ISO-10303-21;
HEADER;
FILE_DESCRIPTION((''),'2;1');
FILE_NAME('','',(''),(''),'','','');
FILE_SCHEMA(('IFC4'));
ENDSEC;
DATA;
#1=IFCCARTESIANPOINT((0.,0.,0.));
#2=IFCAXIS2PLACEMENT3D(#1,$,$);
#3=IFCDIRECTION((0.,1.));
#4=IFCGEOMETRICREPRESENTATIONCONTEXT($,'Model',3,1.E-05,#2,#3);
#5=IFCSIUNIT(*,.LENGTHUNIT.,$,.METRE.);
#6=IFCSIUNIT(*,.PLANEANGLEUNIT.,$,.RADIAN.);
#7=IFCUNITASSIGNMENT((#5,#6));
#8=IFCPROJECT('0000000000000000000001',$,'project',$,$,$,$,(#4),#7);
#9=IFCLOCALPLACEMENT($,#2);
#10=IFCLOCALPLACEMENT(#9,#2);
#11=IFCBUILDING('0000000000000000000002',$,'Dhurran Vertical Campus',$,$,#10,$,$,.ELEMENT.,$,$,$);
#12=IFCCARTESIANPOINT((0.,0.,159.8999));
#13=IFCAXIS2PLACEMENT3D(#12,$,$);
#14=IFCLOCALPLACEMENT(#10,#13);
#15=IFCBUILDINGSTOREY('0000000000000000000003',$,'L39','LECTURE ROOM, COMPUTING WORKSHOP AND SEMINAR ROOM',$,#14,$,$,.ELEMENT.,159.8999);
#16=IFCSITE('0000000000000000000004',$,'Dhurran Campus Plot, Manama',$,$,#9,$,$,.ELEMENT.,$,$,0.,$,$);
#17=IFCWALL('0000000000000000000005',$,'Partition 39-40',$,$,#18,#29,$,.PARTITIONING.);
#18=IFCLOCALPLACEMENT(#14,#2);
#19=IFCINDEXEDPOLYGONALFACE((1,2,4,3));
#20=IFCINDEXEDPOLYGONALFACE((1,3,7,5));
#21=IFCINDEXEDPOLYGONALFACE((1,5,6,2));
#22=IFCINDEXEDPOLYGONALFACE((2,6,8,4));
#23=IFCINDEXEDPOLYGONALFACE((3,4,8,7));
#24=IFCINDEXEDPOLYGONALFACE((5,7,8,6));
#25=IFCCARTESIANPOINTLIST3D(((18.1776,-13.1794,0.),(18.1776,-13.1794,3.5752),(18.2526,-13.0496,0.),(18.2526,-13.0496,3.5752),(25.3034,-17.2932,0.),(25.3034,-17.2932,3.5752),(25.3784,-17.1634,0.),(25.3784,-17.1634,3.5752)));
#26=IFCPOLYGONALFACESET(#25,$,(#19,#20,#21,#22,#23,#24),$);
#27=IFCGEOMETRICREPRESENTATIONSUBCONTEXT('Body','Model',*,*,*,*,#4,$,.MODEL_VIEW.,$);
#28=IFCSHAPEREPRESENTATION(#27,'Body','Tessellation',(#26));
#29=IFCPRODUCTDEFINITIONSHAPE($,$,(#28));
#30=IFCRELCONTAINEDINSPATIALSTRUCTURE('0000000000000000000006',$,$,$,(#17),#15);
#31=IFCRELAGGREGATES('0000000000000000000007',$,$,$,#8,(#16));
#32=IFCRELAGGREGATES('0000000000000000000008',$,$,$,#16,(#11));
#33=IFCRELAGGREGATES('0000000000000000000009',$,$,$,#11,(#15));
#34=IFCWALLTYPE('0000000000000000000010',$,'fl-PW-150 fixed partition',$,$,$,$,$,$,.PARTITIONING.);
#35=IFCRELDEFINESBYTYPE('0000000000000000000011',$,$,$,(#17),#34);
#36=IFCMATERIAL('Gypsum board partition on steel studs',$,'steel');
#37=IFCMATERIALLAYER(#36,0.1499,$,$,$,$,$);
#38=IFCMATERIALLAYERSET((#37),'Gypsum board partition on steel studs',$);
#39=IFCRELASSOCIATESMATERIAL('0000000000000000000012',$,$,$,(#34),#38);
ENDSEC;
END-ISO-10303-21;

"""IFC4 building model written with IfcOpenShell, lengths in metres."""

from ifc_helpers import new_model, si_unit, direction, frame, frame_2d, origin, place, context, subcontext, project, spatial, rectangle, extrude, material, layer, layer_set, type_object, element, save


model = new_model("IFC4")

# Units and contexts
model_context = context("Model", 3, precision=1e-05, world=origin(), true_north=direction((0.0, 1.0)))
body_context = subcontext(model_context, "Body", "Model", "MODEL_VIEW")
ifc_project = project(units=[si_unit("LENGTHUNIT", "METRE"), si_unit("PLANEANGLEUNIT", "RADIAN")], contexts=[model_context])

# Site, building, storey
site_placement = place(None, origin())
site = spatial("IfcSite", under=ifc_project, at=site_placement, Name="Dhurran Campus Plot, Manama", CompositionType="ELEMENT", RefElevation=0.0)
building_placement = place(site_placement, origin())
building = spatial("IfcBuilding", under=site, at=building_placement, Name="Dhurran Vertical Campus", CompositionType="ELEMENT")
storey_placement = place(building_placement, frame((0.0, 0.0, 159.8999)))
storey = spatial("IfcBuildingStorey", under=building, at=storey_placement, Name="L39", Description="LECTURE ROOM, COMPUTING WORKSHOP AND SEMINAR ROOM", CompositionType="ELEMENT", Elevation=159.8999)

# Wall
ifc_material_1 = material(Name="Gypsum board partition on steel studs", Category="steel")
ifc_layer_1 = layer(ifc_material_1, 0.1499)
ifc_layer_set_1 = layer_set([ifc_layer_1], Name="Gypsum board partition on steel studs")
wall_type_1 = type_object("IfcWallType", Name="fl-PW-150 fixed partition", PredefinedType="PARTITIONING", material=ifc_layer_set_1)
wall_1_placement = place(storey_placement, frame((18.2151, -13.1145, 0.0), z_axis=(0.0, 0.0, 1.0), x_axis=(0.86604, -0.499975, 0.0)))
element("IfcWall", 1, at=wall_1_placement, inside=storey, type_object=wall_type_1, Name="Partition 39-40", PredefinedType="PARTITIONING", context=body_context, shape_type="SweptSolid", body=[
    extrude(rectangle(XDim=8.228, YDim=0.1499, at=frame_2d((4.114, 0.0))), origin(), (0.0, 0.0, 1.0), 3.5752),
])

save(model, "model.ifc")
